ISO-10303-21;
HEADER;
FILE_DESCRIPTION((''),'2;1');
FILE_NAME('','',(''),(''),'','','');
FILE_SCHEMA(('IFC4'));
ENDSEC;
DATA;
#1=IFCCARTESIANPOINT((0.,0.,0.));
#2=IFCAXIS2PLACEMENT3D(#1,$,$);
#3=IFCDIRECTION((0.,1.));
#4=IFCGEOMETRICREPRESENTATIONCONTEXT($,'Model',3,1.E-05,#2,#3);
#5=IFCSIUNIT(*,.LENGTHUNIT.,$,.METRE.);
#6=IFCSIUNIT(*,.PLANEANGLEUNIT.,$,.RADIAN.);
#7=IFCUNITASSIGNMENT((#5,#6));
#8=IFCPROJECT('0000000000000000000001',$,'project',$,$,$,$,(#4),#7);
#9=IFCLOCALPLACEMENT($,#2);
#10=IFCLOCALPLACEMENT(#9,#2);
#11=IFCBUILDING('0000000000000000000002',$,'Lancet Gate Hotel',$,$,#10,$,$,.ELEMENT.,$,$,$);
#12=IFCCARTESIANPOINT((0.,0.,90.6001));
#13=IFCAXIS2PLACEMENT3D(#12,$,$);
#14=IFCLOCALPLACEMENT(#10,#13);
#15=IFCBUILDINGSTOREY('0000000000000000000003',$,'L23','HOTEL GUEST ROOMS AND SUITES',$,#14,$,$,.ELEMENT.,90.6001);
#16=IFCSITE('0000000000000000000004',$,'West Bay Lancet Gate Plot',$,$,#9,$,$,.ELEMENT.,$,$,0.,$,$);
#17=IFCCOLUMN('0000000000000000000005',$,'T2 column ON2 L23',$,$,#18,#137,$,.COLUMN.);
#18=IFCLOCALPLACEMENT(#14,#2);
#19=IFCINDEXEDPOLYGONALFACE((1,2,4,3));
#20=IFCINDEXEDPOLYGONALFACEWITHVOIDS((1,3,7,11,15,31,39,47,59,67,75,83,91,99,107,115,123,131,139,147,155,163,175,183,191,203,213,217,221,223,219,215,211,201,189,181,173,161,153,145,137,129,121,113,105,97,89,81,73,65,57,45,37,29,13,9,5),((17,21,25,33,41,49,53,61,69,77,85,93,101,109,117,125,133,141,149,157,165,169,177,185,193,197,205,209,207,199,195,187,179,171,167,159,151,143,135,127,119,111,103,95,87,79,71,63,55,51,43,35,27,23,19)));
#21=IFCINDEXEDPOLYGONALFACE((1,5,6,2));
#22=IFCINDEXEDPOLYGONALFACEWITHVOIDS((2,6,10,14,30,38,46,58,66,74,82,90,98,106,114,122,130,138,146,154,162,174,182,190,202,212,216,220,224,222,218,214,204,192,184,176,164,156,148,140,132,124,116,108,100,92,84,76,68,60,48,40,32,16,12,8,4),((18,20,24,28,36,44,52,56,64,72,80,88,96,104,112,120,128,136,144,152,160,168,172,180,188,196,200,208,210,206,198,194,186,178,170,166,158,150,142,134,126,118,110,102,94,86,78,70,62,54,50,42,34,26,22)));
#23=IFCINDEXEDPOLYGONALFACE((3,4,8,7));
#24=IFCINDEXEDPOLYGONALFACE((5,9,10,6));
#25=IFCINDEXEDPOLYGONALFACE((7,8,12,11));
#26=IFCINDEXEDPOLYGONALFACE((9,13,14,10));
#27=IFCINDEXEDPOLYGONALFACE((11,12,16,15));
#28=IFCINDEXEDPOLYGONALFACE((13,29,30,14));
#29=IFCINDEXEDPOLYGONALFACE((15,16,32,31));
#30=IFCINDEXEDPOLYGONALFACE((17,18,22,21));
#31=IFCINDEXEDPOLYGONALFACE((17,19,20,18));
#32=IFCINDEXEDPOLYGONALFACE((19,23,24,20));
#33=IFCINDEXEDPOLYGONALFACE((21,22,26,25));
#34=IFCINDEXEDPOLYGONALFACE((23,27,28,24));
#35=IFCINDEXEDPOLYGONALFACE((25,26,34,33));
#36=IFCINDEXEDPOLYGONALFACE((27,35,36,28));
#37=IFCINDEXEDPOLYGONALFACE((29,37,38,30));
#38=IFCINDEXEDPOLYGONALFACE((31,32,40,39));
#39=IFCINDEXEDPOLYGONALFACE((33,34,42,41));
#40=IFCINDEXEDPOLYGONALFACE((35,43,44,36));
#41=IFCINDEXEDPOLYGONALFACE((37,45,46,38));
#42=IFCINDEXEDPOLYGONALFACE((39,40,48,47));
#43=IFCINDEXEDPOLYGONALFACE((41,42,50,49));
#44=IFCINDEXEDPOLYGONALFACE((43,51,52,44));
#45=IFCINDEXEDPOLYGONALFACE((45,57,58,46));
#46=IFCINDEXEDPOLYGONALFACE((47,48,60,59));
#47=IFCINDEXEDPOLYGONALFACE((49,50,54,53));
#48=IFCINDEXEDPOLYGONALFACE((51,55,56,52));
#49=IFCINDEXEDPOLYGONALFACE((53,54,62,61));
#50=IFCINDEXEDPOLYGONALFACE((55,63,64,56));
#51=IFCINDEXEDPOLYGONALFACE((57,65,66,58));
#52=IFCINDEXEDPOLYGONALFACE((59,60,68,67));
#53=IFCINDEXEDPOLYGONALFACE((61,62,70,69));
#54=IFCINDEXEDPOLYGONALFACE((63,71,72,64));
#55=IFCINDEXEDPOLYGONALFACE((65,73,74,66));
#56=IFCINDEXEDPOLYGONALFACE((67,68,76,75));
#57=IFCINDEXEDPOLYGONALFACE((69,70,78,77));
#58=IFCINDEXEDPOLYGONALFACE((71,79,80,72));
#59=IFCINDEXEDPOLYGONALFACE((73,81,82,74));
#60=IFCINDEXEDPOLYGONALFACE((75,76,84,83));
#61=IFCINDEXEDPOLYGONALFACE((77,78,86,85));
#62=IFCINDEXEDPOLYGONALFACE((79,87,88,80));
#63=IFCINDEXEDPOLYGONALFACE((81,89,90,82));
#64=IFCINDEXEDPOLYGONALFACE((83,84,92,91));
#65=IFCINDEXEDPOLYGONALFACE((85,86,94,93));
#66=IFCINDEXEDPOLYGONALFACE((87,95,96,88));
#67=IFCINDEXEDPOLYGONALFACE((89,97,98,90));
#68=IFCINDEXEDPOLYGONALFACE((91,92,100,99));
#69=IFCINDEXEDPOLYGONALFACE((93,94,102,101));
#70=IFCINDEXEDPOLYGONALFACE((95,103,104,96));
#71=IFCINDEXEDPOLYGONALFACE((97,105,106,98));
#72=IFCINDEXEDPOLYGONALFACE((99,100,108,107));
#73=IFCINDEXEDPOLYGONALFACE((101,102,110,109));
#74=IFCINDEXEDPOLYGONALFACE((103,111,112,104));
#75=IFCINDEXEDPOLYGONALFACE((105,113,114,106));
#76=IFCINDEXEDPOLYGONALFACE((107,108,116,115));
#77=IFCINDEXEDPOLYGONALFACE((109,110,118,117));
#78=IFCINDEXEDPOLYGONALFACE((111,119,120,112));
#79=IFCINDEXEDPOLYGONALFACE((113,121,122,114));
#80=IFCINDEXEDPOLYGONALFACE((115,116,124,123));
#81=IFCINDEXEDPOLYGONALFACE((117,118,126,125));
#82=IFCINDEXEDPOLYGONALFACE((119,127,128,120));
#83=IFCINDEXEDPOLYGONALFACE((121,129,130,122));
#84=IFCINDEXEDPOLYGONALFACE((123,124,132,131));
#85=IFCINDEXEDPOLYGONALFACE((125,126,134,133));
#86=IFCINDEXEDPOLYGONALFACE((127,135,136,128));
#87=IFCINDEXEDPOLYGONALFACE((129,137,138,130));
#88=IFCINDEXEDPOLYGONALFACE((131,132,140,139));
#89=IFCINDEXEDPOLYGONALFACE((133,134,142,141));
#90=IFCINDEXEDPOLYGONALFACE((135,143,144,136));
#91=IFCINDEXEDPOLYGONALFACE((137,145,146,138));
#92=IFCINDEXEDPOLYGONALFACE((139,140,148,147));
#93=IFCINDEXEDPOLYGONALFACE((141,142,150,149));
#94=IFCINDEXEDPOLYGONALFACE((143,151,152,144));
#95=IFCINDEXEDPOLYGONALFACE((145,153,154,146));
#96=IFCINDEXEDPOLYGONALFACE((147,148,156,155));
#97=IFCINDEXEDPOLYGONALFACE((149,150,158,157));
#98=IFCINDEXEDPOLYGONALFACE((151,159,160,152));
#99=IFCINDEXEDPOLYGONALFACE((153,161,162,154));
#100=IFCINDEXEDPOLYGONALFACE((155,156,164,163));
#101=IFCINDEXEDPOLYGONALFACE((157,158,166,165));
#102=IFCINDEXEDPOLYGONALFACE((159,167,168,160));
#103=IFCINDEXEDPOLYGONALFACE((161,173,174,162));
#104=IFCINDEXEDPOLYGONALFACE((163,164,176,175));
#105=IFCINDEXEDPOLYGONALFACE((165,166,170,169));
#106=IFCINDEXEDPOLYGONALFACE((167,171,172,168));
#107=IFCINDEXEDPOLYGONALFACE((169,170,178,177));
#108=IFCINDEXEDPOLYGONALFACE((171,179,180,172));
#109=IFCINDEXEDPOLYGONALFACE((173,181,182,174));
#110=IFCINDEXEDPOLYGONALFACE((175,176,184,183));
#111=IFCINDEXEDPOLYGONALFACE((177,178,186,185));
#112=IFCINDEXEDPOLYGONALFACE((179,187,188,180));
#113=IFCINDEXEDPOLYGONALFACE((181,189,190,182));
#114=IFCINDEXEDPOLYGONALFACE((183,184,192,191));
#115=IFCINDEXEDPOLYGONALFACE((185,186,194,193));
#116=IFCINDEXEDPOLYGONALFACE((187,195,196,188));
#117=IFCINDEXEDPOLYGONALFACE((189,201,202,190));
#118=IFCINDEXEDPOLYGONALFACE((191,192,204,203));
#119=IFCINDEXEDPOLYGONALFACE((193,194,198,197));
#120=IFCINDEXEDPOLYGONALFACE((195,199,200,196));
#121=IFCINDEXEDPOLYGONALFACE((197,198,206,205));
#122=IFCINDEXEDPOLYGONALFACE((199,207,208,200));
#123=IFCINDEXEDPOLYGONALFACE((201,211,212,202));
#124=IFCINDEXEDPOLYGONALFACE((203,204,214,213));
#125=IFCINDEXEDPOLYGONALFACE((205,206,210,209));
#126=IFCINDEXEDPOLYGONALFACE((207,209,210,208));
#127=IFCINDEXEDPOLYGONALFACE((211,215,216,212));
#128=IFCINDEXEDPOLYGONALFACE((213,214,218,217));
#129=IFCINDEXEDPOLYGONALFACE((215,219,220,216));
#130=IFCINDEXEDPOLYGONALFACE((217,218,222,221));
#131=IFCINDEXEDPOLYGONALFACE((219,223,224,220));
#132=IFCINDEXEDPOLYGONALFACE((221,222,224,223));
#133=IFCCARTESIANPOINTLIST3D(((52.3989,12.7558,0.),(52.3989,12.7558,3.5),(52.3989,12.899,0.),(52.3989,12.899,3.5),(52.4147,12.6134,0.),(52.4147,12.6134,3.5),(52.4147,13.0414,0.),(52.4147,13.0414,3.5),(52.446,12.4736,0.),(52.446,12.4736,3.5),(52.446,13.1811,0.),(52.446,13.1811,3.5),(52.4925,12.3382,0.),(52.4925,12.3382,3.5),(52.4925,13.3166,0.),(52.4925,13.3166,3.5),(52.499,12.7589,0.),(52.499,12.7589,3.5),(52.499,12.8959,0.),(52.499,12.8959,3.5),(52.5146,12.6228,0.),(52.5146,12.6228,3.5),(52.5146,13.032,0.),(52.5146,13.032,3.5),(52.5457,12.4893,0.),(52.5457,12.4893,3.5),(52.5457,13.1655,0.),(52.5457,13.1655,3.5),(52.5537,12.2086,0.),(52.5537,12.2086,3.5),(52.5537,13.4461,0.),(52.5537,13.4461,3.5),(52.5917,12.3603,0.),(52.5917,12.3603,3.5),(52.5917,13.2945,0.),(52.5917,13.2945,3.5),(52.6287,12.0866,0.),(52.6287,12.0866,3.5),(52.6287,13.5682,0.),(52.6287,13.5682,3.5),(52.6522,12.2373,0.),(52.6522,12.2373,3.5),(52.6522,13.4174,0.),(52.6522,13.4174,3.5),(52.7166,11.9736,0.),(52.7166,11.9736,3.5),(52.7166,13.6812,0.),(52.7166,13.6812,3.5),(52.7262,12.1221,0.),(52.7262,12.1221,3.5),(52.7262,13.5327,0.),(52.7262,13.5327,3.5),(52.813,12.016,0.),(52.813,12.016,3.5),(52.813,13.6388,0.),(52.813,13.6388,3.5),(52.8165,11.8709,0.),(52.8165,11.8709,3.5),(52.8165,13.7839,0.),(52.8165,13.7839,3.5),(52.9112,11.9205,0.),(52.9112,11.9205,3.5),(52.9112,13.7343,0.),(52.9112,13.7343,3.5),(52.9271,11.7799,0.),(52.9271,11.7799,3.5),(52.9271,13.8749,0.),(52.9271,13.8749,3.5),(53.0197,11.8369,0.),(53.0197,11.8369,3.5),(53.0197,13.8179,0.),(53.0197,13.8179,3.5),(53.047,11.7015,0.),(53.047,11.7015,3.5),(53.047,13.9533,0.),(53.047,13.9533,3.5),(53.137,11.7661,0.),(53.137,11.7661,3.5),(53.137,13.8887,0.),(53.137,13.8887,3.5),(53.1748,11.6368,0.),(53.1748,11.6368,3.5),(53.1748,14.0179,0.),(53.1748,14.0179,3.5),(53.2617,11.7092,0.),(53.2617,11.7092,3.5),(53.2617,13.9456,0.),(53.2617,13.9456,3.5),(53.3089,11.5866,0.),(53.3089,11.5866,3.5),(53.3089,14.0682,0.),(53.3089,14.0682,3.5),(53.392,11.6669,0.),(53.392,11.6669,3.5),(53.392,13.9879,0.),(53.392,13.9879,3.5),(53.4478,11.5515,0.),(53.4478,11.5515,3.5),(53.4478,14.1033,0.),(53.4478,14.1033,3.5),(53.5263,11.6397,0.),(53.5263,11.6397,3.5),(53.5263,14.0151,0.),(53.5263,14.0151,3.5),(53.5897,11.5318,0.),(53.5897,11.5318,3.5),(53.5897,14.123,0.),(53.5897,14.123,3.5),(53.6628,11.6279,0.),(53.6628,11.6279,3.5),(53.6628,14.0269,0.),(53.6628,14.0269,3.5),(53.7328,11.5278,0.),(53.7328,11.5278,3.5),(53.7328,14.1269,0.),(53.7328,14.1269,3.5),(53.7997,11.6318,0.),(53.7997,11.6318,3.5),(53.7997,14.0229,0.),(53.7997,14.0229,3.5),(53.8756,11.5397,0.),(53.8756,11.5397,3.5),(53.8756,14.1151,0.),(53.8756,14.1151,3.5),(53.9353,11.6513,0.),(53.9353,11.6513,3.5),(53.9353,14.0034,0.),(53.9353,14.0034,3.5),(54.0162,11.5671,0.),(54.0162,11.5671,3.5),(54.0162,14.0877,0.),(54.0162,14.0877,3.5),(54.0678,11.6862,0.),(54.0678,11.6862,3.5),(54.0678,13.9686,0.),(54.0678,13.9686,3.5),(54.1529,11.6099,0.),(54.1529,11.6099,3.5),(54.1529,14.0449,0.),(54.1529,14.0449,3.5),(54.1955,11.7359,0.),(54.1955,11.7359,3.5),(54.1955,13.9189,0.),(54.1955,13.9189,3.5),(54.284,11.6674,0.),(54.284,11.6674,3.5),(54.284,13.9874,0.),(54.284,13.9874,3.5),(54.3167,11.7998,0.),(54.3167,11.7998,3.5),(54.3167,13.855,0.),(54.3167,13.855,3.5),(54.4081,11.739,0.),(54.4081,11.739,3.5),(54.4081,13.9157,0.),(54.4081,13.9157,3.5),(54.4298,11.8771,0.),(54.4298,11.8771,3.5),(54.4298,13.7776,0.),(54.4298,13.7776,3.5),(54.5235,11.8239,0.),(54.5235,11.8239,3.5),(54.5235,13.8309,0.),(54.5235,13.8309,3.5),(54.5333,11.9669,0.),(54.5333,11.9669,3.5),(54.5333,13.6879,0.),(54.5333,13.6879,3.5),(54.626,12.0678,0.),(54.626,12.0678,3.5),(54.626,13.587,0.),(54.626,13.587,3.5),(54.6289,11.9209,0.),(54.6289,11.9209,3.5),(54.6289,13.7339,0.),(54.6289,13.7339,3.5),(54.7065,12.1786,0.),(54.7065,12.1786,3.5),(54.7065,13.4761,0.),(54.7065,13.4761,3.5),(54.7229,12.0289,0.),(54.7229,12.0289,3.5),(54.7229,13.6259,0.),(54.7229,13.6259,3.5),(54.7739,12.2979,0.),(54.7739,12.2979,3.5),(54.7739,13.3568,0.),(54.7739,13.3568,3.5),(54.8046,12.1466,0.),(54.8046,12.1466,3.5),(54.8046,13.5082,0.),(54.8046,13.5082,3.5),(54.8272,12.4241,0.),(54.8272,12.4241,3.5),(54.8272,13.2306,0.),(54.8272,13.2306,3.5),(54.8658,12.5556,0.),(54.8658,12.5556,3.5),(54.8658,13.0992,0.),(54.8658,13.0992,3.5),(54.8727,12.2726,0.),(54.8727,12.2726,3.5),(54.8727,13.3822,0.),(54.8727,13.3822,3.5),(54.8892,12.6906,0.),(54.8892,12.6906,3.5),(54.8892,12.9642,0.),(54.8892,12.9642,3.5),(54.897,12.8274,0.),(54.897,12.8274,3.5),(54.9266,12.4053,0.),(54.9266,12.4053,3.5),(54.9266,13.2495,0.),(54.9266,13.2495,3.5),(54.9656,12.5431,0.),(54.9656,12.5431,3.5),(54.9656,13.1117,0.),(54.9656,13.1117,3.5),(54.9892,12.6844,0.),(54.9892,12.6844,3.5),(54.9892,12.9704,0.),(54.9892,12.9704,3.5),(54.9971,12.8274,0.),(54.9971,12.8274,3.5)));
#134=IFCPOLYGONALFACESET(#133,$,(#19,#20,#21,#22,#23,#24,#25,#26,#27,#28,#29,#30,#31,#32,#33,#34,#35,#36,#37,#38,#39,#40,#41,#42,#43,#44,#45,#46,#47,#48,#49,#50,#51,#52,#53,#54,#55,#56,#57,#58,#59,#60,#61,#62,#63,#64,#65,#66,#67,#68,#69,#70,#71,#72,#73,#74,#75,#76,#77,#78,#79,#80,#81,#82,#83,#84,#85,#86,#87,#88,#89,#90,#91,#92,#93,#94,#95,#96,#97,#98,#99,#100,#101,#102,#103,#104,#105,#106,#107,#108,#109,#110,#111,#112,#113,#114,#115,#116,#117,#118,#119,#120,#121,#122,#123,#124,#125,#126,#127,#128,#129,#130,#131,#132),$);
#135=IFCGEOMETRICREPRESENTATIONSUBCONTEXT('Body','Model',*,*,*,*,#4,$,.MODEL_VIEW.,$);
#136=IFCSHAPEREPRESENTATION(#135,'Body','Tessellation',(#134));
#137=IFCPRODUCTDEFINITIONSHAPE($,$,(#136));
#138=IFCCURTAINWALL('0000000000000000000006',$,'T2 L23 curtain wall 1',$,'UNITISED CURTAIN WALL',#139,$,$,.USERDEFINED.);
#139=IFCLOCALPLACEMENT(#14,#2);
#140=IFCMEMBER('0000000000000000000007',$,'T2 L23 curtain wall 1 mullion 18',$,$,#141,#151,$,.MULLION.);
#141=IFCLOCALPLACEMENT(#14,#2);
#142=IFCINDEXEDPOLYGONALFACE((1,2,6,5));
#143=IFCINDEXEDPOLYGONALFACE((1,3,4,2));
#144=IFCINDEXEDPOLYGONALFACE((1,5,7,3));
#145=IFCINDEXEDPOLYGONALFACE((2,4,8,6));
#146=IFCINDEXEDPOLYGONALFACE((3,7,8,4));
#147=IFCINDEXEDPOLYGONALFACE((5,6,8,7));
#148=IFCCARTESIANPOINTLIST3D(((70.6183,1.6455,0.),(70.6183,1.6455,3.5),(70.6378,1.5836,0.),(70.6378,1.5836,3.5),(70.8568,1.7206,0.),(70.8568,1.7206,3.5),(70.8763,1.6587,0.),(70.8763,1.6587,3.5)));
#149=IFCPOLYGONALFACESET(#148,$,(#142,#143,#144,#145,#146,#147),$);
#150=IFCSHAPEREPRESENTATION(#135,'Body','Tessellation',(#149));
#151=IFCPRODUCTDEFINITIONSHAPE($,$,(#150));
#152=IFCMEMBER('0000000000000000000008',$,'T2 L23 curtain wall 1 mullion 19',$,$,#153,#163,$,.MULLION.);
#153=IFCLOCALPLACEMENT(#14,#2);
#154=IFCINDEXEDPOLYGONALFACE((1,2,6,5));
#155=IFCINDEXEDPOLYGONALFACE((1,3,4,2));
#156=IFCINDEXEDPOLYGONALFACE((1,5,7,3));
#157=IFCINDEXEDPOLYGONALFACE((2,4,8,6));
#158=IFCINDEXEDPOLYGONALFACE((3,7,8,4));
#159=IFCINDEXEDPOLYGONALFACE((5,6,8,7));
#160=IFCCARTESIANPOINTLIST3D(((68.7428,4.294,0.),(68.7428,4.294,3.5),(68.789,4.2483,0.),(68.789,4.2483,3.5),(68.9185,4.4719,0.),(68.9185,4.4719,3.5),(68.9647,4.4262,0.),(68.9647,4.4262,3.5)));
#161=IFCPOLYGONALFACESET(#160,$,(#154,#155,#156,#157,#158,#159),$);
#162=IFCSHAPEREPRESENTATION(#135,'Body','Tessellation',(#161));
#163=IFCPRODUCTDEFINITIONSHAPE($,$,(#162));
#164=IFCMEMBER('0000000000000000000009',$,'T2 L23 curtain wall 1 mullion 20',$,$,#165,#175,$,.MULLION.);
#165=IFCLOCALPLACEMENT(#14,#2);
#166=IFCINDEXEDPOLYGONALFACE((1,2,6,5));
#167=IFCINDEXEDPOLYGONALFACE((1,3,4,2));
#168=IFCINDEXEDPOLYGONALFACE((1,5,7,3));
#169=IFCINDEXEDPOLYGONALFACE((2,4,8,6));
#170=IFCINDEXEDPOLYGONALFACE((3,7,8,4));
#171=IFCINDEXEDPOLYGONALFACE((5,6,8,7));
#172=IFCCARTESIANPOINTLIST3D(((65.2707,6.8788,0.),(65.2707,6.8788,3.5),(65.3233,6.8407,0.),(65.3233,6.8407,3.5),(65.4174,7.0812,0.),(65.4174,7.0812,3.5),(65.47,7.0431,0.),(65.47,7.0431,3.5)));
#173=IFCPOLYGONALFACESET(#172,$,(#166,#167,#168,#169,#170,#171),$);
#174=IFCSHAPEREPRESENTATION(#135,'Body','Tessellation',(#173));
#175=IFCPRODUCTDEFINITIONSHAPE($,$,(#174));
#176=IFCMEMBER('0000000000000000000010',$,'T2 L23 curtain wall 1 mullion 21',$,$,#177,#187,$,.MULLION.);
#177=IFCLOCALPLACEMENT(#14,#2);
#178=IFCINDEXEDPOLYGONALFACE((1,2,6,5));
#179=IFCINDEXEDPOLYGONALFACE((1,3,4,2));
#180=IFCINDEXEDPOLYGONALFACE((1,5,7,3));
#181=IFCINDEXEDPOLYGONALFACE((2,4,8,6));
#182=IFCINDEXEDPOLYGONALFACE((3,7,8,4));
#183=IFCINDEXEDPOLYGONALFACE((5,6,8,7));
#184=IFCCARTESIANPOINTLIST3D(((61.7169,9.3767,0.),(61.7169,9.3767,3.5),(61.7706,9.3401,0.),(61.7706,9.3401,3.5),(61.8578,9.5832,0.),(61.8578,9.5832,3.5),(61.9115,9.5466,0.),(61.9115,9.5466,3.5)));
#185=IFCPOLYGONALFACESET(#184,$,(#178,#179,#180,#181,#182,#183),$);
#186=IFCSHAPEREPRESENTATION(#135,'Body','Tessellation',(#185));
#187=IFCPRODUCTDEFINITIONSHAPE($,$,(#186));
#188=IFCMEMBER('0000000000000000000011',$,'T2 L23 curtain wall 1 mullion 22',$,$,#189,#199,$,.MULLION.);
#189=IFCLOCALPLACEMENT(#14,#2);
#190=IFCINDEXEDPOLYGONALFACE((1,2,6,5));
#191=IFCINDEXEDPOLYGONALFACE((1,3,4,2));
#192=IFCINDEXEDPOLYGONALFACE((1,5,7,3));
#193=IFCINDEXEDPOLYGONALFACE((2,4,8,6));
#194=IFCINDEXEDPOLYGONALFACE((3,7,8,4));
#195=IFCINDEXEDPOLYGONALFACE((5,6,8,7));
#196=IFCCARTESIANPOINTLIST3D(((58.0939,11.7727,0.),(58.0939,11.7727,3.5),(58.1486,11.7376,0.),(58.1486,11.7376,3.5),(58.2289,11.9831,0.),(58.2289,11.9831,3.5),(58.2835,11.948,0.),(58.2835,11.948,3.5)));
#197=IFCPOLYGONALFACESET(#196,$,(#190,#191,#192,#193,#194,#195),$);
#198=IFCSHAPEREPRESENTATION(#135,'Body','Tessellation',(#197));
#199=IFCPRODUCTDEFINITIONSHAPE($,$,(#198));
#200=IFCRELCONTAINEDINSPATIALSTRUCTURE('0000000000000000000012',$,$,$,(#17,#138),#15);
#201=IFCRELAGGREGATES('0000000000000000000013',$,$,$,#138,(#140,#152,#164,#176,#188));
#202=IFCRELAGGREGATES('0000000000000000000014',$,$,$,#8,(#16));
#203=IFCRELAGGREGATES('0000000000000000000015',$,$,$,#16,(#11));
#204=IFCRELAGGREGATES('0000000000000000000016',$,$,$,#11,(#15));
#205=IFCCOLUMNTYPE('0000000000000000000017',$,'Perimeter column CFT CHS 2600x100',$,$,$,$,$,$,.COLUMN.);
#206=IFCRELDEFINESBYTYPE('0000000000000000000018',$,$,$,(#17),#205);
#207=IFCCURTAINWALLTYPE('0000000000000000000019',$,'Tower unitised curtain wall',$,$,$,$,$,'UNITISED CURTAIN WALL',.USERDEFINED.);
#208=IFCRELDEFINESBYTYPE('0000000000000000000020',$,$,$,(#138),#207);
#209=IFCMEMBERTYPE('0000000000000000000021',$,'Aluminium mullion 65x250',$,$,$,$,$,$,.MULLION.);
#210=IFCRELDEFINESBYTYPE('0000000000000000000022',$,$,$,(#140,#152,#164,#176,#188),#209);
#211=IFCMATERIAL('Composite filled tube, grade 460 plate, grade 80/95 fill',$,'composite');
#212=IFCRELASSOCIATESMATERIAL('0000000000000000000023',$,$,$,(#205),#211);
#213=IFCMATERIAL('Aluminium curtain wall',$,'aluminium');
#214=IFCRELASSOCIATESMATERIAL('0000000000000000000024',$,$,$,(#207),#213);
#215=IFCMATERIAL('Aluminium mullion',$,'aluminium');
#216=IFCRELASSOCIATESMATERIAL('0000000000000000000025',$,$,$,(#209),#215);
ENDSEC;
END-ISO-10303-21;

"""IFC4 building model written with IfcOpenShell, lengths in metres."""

from ifc_helpers import new_model, si_unit, direction, frame, origin, origin_2d, place, context, subcontext, project, spatial, rectangle, hollow_circle, extrude, material, material_profile, profile_set, type_object, element, aggregate, save


model = new_model("IFC4")

# Units and contexts
model_context = context("Model", 3, precision=1e-05, world=origin(), true_north=direction((0.0, 1.0)))
body_context = subcontext(model_context, "Body", "Model", "MODEL_VIEW")
ifc_project = project(units=[si_unit("LENGTHUNIT", "METRE"), si_unit("PLANEANGLEUNIT", "RADIAN")], contexts=[model_context])

# Site, building, storey
site_placement = place(None, origin())
site = spatial("IfcSite", under=ifc_project, at=site_placement, Name="West Bay Lancet Gate Plot", CompositionType="ELEMENT", RefElevation=0.0)
building_placement = place(site_placement, origin())
building = spatial("IfcBuilding", under=site, at=building_placement, Name="Lancet Gate Hotel", CompositionType="ELEMENT")
storey_placement = place(building_placement, frame((0.0, 0.0, 90.6001)))
storey = spatial("IfcBuildingStorey", under=building, at=storey_placement, Name="L23", Description="HOTEL GUEST ROOMS AND SUITES", CompositionType="ELEMENT", Elevation=90.6001)

# Column
ifc_material_1 = material(Name="Composite filled tube, grade 460 plate, grade 80/95 fill", Category="composite")
ifc_material_profile_1 = material_profile(ifc_material_1, hollow_circle(Radius=1.3, WallThickness=0.1001, at=origin_2d()), Name="CHS 2600x100")
ifc_profile_set_1 = profile_set([ifc_material_profile_1], Name="Composite filled tube, grade 460 plate, grade 80/95 fill")
column_type_1 = type_object("IfcColumnType", Name="Perimeter column CFT CHS 2600x100", PredefinedType="COLUMN", material=ifc_profile_set_1)
for number, where, z_axis, x_axis, name in (
    (1, (53.697, 12.8274, 0.0), (0.0, 0.0, 1.0), (1.0, 0.0, 0.0), "T2 column ON2 L23"),
):
    element("IfcColumn", number, at=place(storey_placement, frame(where, z_axis=z_axis, x_axis=x_axis)), inside=storey, type_object=column_type_1, Name=name, PredefinedType="COLUMN", context=body_context, shape_type="SweptSolid", body=[
        extrude(hollow_circle(Radius=1.3, WallThickness=0.1001, at=origin_2d()), origin(), (0.0, 0.0, 1.0), 3.5),
    ])

# Curtain wall, members
ifc_material_2 = material(Name="Aluminium curtain wall", Category="aluminium")
curtain_wall_type = type_object("IfcCurtainWallType", Name="Tower unitised curtain wall", ElementType="UNITISED CURTAIN WALL", PredefinedType="USERDEFINED", material=ifc_material_2)
curtain_wall_placement = place(storey_placement, origin())
curtain_wall = element("IfcCurtainWall", 2, at=curtain_wall_placement, inside=storey, type_object=curtain_wall_type, Name="T2 L23 curtain wall 1", ObjectType="UNITISED CURTAIN WALL", PredefinedType="USERDEFINED")
ifc_material_3 = material(Name="Aluminium mullion", Category="aluminium")
ifc_material_profile_2 = material_profile(ifc_material_3, rectangle(XDim=0.0649, YDim=0.25, at=origin_2d()), Name="MULLION 65x250")
ifc_profile_set_2 = profile_set([ifc_material_profile_2], Name="Aluminium mullion")
member_type_1 = type_object("IfcMemberType", Name="Aluminium mullion 65x250", PredefinedType="MULLION", material=ifc_profile_set_2)
member_1_placement = place(storey_placement, frame((70.7473, 1.6521, 0.0), z_axis=(0.0, 0.0, 1.0), x_axis=(-0.300385, 0.953818, 0.0)))
member_1 = element("IfcMember", 3, at=member_1_placement, type_object=member_type_1, Name="T2 L23 curtain wall 1 mullion 18", PredefinedType="MULLION", context=body_context, shape_type="SweptSolid", body=[
    extrude(rectangle(XDim=0.0649, YDim=0.25, at=origin_2d()), origin(), (0.0, 0.0, 1.0), 3.5),
])
member_2_placement = place(storey_placement, frame((68.8538, 4.3601, 0.0), z_axis=(0.0, 0.0, 1.0), x_axis=(-0.71161, 0.702574, 0.0)))
member_2 = element("IfcMember", 4, at=member_2_placement, type_object=member_type_1, Name="T2 L23 curtain wall 1 mullion 19", PredefinedType="MULLION", context=body_context, shape_type="SweptSolid", body=[
    extrude(rectangle(XDim=0.0649, YDim=0.25, at=origin_2d()), origin(), (0.0, 0.0, 1.0), 3.5),
])
member_3_placement = place(storey_placement, frame((65.3704, 6.9609, 0.0), z_axis=(0.0, 0.0, 1.0), x_axis=(-0.809729, 0.586805, 0.0)))
member_3 = element("IfcMember", 5, at=member_3_placement, type_object=member_type_1, Name="T2 L23 curtain wall 1 mullion 20", PredefinedType="MULLION", context=body_context, shape_type="SweptSolid", body=[
    extrude(rectangle(XDim=0.0649, YDim=0.25, at=origin_2d()), origin(), (0.0, 0.0, 1.0), 3.5),
])
member_4_placement = place(storey_placement, frame((61.8142, 9.4617, 0.0), z_axis=(0.0, 0.0, 1.0), x_axis=(-0.826066, 0.563574, 0.0)))
member_4 = element("IfcMember", 6, at=member_4_placement, type_object=member_type_1, Name="T2 L23 curtain wall 1 mullion 21", PredefinedType="MULLION", context=body_context, shape_type="SweptSolid", body=[
    extrude(rectangle(XDim=0.0649, YDim=0.25, at=origin_2d()), origin(), (0.0, 0.0, 1.0), 3.5),
])
member_5_placement = place(storey_placement, frame((58.1887, 11.8604, 0.0), z_axis=(0.0, 0.0, 1.0), x_axis=(-0.841736, 0.539889, 0.0)))
member_5 = element("IfcMember", 7, at=member_5_placement, type_object=member_type_1, Name="T2 L23 curtain wall 1 mullion 22", PredefinedType="MULLION", context=body_context, shape_type="SweptSolid", body=[
    extrude(rectangle(XDim=0.0649, YDim=0.25, at=origin_2d()), origin(), (0.0, 0.0, 1.0), 3.5),
])

aggregate(curtain_wall, [member_1, member_2, member_3, member_4, member_5])

save(model, "model.ifc")
